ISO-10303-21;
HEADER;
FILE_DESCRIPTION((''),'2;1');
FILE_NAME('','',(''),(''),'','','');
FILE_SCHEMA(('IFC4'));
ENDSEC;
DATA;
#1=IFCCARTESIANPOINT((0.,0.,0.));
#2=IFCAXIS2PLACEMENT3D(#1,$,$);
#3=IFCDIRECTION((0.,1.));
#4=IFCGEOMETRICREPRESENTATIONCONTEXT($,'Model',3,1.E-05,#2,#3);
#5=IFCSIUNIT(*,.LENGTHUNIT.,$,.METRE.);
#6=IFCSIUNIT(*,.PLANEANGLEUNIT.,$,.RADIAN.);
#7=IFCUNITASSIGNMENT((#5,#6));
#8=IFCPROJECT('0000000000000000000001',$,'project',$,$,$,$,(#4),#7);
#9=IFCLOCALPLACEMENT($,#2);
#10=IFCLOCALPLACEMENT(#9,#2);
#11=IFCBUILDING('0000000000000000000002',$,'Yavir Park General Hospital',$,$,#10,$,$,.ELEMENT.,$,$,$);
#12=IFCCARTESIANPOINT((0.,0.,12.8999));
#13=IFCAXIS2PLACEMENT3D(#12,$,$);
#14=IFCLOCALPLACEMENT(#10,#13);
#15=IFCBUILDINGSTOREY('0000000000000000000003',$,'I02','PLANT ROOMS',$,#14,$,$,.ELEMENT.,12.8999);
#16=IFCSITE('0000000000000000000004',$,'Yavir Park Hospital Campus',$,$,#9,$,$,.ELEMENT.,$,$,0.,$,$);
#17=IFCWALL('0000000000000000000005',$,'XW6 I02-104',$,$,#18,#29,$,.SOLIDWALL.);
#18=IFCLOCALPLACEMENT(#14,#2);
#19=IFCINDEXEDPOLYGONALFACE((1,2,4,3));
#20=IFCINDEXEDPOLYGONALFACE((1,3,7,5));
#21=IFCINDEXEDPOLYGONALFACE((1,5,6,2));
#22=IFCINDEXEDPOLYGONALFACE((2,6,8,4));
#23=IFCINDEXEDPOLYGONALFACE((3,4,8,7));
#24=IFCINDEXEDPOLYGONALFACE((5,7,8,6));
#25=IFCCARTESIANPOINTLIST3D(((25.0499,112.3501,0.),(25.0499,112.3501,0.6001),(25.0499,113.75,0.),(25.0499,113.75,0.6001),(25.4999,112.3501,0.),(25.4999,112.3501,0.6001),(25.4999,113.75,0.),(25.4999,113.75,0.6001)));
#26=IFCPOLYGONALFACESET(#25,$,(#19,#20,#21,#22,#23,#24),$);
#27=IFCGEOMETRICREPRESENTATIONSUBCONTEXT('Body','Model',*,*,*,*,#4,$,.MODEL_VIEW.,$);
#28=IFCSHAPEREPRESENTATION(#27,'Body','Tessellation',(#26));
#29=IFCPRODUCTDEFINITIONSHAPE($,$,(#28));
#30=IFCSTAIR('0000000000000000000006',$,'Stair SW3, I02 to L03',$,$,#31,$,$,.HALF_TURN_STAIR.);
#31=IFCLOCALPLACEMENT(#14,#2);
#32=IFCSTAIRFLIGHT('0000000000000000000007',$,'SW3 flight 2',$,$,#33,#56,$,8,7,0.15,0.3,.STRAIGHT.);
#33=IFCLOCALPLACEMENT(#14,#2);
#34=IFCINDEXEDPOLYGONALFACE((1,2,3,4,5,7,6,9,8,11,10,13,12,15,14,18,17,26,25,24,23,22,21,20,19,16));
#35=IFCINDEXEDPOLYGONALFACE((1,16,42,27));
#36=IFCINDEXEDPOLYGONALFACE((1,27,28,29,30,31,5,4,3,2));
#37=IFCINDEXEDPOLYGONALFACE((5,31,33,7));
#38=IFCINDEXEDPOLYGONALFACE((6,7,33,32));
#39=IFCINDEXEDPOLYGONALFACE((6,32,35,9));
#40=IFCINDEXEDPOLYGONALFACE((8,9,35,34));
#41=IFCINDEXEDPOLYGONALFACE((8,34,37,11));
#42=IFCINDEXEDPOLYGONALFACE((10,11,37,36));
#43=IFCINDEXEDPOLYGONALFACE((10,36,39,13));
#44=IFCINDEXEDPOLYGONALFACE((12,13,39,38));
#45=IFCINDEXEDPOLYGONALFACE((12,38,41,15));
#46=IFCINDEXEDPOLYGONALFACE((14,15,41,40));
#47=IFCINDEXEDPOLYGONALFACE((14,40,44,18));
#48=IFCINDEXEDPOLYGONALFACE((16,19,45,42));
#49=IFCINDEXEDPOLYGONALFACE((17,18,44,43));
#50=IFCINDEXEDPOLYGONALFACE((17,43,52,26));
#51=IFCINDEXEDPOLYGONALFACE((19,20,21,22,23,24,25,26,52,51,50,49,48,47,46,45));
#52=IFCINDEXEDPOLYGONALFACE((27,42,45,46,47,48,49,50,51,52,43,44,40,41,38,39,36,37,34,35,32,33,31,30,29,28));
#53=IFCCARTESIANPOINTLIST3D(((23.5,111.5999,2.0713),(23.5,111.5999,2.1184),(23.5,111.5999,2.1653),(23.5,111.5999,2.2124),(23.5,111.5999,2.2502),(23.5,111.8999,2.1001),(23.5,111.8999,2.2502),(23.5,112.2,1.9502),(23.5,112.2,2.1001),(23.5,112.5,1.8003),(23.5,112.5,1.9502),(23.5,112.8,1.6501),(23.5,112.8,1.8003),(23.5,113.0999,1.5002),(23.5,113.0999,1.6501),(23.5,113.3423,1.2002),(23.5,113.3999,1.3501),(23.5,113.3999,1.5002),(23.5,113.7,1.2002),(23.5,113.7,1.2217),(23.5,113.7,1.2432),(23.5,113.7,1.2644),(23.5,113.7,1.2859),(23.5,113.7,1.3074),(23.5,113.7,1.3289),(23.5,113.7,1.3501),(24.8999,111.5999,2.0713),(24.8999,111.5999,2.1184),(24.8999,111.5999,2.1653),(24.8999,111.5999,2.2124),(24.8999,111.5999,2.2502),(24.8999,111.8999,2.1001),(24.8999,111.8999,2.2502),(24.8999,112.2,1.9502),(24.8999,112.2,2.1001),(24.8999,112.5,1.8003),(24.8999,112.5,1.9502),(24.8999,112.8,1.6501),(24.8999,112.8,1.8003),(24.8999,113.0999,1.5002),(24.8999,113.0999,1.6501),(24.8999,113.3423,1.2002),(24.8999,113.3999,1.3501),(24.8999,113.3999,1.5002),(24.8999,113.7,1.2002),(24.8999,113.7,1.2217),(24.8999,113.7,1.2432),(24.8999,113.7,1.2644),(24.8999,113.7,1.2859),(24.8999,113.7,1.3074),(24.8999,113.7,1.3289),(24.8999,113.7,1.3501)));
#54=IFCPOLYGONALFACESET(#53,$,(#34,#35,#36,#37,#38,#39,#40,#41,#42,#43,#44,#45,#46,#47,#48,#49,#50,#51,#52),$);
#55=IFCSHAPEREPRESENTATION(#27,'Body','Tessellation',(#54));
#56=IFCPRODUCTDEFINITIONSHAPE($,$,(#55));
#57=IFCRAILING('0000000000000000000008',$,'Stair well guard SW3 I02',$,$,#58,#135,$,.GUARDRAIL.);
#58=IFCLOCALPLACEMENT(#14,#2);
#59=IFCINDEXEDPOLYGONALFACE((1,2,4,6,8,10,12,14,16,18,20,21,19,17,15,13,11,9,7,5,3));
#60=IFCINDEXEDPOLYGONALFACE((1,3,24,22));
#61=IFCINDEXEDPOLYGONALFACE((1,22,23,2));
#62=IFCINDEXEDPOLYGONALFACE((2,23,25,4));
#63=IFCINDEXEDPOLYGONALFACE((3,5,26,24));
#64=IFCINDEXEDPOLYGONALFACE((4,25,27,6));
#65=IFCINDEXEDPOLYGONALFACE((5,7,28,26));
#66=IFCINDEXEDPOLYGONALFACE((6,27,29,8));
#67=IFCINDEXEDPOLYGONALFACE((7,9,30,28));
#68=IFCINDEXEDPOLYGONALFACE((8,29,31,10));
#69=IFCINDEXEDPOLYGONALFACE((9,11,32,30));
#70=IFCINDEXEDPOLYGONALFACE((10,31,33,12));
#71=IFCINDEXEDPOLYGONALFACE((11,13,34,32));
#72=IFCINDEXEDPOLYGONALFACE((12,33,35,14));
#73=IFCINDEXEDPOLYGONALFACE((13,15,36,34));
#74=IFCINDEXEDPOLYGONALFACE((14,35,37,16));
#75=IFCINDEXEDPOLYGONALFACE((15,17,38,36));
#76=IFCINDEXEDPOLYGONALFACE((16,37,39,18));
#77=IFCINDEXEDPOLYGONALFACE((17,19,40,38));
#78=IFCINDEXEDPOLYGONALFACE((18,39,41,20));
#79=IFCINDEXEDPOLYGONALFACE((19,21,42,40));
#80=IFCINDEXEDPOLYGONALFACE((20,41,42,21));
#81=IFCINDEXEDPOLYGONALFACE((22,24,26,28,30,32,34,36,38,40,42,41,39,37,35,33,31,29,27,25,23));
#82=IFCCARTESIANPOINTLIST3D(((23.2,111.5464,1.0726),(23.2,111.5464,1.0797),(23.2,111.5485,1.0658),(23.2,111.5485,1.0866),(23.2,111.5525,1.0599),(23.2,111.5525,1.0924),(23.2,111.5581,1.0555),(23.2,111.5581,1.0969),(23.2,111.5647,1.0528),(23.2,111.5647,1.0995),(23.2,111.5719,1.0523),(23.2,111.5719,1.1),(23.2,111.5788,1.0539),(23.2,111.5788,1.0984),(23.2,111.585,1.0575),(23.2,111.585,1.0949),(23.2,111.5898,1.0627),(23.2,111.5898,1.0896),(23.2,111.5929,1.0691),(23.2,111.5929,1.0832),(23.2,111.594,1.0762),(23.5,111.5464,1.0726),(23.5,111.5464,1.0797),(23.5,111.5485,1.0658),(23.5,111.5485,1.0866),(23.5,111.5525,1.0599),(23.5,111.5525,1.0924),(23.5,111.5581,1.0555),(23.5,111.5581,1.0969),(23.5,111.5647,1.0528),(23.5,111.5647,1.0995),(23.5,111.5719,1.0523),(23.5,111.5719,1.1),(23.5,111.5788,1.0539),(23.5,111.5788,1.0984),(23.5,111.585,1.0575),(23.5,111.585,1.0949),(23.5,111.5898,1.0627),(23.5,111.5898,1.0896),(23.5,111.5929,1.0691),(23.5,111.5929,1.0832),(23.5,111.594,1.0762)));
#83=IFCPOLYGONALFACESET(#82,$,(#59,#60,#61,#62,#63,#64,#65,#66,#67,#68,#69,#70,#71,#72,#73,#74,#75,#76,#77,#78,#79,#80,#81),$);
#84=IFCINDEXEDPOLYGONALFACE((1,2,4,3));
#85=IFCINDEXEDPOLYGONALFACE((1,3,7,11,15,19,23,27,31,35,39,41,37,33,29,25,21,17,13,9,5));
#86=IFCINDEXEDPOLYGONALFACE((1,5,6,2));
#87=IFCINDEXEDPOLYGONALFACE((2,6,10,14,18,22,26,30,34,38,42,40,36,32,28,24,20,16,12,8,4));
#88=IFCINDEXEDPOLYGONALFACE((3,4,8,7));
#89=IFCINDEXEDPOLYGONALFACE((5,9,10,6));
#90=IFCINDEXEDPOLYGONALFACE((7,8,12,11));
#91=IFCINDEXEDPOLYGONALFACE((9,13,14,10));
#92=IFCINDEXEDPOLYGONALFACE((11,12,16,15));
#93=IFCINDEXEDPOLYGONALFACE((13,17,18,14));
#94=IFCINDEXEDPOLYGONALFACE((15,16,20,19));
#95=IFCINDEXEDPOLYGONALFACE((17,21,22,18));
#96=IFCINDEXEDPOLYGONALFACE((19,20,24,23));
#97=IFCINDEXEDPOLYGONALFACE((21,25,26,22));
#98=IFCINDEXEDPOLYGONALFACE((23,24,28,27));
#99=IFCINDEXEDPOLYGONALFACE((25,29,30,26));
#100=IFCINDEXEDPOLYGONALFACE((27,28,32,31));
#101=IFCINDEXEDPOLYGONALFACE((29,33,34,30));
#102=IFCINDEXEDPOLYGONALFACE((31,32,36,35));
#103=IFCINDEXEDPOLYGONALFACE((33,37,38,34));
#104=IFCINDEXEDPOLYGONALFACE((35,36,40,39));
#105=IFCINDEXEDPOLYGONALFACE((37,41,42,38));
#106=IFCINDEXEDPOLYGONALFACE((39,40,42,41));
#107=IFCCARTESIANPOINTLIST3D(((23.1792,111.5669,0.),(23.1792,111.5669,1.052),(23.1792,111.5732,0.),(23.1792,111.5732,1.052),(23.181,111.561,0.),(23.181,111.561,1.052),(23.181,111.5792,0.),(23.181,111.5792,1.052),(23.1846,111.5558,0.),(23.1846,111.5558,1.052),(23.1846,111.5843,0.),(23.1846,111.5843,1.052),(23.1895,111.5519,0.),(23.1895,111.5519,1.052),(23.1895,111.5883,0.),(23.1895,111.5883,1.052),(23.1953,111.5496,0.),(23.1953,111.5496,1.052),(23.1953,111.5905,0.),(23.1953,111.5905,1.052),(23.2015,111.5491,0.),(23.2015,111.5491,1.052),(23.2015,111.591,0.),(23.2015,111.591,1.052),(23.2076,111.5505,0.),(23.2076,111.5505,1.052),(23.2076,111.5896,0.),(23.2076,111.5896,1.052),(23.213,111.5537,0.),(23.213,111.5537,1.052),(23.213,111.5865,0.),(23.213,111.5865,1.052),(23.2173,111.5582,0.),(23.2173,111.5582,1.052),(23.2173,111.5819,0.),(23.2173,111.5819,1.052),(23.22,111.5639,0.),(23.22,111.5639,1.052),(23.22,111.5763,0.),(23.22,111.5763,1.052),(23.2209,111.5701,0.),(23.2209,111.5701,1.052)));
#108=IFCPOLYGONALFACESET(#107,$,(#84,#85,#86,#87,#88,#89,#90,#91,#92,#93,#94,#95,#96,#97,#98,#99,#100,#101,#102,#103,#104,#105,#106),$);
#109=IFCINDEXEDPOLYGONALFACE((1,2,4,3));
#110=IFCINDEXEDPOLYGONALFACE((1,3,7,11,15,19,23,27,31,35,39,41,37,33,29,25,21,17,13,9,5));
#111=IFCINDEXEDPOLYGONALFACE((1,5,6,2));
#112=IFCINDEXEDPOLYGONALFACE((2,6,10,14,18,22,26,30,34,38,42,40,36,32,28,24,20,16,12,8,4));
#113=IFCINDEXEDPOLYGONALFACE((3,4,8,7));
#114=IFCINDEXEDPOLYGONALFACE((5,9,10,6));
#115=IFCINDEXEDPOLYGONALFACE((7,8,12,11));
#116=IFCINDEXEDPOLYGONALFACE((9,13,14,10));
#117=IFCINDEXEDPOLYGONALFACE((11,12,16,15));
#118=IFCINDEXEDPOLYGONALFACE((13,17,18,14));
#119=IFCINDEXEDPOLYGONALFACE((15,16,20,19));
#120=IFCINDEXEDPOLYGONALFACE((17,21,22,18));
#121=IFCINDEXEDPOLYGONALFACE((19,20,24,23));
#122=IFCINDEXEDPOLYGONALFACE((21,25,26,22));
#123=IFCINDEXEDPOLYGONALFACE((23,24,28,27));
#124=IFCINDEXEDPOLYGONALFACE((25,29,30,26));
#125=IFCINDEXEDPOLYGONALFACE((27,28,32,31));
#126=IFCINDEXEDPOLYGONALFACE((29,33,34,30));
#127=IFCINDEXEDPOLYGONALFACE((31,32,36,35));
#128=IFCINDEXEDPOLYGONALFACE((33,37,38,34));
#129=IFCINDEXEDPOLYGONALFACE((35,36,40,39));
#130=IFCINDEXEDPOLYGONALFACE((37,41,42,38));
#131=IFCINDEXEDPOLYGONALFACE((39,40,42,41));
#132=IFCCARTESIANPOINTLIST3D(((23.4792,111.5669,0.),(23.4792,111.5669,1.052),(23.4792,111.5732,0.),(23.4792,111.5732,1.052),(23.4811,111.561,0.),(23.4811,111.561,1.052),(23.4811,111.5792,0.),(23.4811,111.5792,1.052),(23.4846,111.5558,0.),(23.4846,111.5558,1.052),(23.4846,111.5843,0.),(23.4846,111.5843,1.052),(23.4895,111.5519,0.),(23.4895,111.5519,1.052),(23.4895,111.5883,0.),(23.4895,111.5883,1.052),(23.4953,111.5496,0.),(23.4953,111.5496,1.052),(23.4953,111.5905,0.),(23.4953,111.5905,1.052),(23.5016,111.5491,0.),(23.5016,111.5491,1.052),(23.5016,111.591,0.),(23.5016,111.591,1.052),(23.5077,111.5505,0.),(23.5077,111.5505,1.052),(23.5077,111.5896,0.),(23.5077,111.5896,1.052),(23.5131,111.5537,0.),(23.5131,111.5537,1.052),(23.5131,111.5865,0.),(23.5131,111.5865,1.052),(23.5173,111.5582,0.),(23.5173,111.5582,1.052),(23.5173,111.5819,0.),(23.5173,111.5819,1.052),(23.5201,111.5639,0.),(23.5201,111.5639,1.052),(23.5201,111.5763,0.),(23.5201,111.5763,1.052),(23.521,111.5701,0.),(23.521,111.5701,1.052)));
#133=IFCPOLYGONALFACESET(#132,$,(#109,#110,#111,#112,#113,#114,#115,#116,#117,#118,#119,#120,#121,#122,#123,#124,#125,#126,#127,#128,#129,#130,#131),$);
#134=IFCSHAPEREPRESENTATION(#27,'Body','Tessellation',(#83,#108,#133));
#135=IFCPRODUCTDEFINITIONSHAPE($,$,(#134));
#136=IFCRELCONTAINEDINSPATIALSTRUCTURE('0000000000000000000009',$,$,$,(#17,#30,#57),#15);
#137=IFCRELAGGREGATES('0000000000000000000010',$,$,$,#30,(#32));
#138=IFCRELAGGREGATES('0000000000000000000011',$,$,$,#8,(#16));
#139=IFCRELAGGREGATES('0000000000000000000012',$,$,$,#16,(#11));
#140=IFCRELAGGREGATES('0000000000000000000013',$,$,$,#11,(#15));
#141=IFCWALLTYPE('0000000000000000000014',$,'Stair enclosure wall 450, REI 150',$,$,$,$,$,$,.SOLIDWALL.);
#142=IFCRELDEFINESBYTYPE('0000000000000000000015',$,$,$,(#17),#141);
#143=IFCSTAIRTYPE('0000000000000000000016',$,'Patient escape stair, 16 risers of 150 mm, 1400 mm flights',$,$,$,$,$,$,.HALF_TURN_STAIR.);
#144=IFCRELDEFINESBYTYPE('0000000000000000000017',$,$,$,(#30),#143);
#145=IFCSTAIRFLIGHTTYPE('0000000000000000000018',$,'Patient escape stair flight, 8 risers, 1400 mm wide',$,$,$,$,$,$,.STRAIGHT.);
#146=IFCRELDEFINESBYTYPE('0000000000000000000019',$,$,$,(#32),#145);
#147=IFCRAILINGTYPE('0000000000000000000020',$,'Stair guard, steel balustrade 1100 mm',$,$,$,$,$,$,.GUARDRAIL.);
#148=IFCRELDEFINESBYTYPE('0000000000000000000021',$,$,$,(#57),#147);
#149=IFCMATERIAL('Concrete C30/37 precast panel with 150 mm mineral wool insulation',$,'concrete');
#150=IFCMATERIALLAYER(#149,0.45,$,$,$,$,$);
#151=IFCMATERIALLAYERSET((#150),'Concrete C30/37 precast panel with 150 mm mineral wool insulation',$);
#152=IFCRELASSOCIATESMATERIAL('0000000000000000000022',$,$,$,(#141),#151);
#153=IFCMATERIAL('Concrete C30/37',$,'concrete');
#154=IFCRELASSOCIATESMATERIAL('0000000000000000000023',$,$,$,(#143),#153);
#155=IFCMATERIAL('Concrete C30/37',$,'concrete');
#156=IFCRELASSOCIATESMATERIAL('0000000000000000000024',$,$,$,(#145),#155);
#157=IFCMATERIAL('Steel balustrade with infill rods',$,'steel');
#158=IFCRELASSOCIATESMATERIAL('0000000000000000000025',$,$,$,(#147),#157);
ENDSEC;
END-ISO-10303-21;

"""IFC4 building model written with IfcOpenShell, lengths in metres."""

from ifc_helpers import new_model, si_unit, direction, frame, frame_2d, origin, origin_2d, place, context, subcontext, project, spatial, polyline, rectangle, circle, outline, extrude, material, layer, layer_set, type_object, element, aggregate, save


model = new_model("IFC4")

# Units and contexts
model_context = context("Model", 3, precision=1e-05, world=origin(), true_north=direction((0.0, 1.0)))
body_context = subcontext(model_context, "Body", "Model", "MODEL_VIEW")
ifc_project = project(units=[si_unit("LENGTHUNIT", "METRE"), si_unit("PLANEANGLEUNIT", "RADIAN")], contexts=[model_context])

# Site, building, storey
site_placement = place(None, origin())
site = spatial("IfcSite", under=ifc_project, at=site_placement, Name="Yavir Park Hospital Campus", CompositionType="ELEMENT", RefElevation=0.0)
building_placement = place(site_placement, origin())
building = spatial("IfcBuilding", under=site, at=building_placement, Name="Yavir Park General Hospital", CompositionType="ELEMENT")
storey_placement = place(building_placement, frame((0.0, 0.0, 12.8999)))
storey = spatial("IfcBuildingStorey", under=building, at=storey_placement, Name="I02", Description="PLANT ROOMS", CompositionType="ELEMENT", Elevation=12.8999)

# Wall
ifc_material_1 = material(Name="Concrete C30/37 precast panel with 150 mm mineral wool insulation", Category="concrete")
ifc_layer_1 = layer(ifc_material_1, 0.45)
ifc_layer_set_1 = layer_set([ifc_layer_1], Name="Concrete C30/37 precast panel with 150 mm mineral wool insulation")
wall_type = type_object("IfcWallType", Name="Stair enclosure wall 450, REI 150", PredefinedType="SOLIDWALL", material=ifc_layer_set_1)
wall_1_placement = place(storey_placement, frame((25.2749, 112.3501, 0.0), z_axis=(0.0, 0.0, 1.0), x_axis=(0.0, 1.0, 0.0)))
element("IfcWall", 1, at=wall_1_placement, inside=storey, type_object=wall_type, Name="XW6 I02-104", PredefinedType="SOLIDWALL", context=body_context, shape_type="SweptSolid", body=[
    extrude(rectangle(XDim=1.3999, YDim=0.45, at=frame_2d((0.7, 0.0))), origin(), (0.0, 0.0, 1.0), 0.6001),
])

# Stair, stair flight
ifc_material_2 = material(Name="Concrete C30/37", Category="concrete")
stair_type = type_object("IfcStairType", Name="Patient escape stair, 16 risers of 150 mm, 1400 mm flights", PredefinedType="HALF_TURN_STAIR", material=ifc_material_2)
stair_placement = place(storey_placement, origin())
stair = element("IfcStair", 2, at=stair_placement, inside=storey, type_object=stair_type, Name="Stair SW3, I02 to L03", PredefinedType="HALF_TURN_STAIR")
ifc_material_3 = material(Name="Concrete C30/37", Category="concrete")
stair_flight_type = type_object("IfcStairFlightType", Name="Patient escape stair flight, 8 risers, 1400 mm wide", PredefinedType="STRAIGHT", material=ifc_material_3)
stair_flight_placement = place(storey_placement, frame((24.2, 113.7, 1.2002), z_axis=(0.0, 0.0, 1.0), x_axis=(0.0, -1.0, 0.0)))
stair_flight = element("IfcStairFlight", 3, at=stair_flight_placement, type_object=stair_flight_type, Name="SW3 flight 2", NumberOfRisers=8, NumberOfTreads=7, PredefinedType="STRAIGHT", RiserHeight=0.15, TreadLength=0.3, context=body_context, shape_type="SweptSolid", body=[
    extrude(outline(polyline([(0.0, 0.0), (0.0, 0.0215), (0.0, 0.043), (0.0, 0.0642), (0.0, 0.0857), (0.0, 0.1072), (0.0, 0.1287), (0.0, 0.1499), (0.3, 0.1499), (0.3, 0.3), (0.6001, 0.3), (0.6001, 0.45), (0.8999, 0.45), (0.8999, 0.6001), (1.2, 0.6001), (1.2, 0.75), (1.5, 0.75), (1.5, 0.8999), (1.8, 0.8999), (1.8, 1.05), (2.1001, 1.05), (2.1001, 1.2), (2.1001, 1.1531), (2.1001, 1.106), (2.1001, 1.0591), (2.1001, 1.0122), (2.1001, 0.9651), (2.1001, 0.9182), (2.1001, 0.8711), (0.3577, 0.0), (0.0, 0.0)])), frame((0.0, 0.7, 0.0), z_axis=(0.0, -1.0, 0.0), x_axis=(1.0, 0.0, 0.0)), (0.0, 0.0, 1.0), 1.3999),
])
aggregate(stair, [stair_flight])

# Railing
ifc_material_4 = material(Name="Steel balustrade with infill rods", Category="steel")
railing_type_1 = type_object("IfcRailingType", Name="Stair guard, steel balustrade 1100 mm", PredefinedType="GUARDRAIL", material=ifc_material_4)
railing_placement = place(storey_placement, frame((23.2, 111.5701, 0.0)))
element("IfcRailing", 4, at=railing_placement, inside=storey, type_object=railing_type_1, Name="Stair well guard SW3 I02", PredefinedType="GUARDRAIL", context=body_context, shape_type="SweptSolid", body=[
    extrude(circle(Radius=0.0239, at=origin_2d()), frame((0.0, 0.0, 1.0762), z_axis=(1.0, 0.0, 0.0), x_axis=(0.0, 1.0, 0.0)), (0.0, 0.0, 1.0), 0.3),
    extrude(circle(Radius=0.021, at=origin_2d()), origin(), (0.0, 0.0, 1.0), 1.052),
    extrude(circle(Radius=0.021, at=origin_2d()), frame((0.3, 0.0, 0.0)), (0.0, 0.0, 1.0), 1.052),
])

save(model, "model.ifc")
